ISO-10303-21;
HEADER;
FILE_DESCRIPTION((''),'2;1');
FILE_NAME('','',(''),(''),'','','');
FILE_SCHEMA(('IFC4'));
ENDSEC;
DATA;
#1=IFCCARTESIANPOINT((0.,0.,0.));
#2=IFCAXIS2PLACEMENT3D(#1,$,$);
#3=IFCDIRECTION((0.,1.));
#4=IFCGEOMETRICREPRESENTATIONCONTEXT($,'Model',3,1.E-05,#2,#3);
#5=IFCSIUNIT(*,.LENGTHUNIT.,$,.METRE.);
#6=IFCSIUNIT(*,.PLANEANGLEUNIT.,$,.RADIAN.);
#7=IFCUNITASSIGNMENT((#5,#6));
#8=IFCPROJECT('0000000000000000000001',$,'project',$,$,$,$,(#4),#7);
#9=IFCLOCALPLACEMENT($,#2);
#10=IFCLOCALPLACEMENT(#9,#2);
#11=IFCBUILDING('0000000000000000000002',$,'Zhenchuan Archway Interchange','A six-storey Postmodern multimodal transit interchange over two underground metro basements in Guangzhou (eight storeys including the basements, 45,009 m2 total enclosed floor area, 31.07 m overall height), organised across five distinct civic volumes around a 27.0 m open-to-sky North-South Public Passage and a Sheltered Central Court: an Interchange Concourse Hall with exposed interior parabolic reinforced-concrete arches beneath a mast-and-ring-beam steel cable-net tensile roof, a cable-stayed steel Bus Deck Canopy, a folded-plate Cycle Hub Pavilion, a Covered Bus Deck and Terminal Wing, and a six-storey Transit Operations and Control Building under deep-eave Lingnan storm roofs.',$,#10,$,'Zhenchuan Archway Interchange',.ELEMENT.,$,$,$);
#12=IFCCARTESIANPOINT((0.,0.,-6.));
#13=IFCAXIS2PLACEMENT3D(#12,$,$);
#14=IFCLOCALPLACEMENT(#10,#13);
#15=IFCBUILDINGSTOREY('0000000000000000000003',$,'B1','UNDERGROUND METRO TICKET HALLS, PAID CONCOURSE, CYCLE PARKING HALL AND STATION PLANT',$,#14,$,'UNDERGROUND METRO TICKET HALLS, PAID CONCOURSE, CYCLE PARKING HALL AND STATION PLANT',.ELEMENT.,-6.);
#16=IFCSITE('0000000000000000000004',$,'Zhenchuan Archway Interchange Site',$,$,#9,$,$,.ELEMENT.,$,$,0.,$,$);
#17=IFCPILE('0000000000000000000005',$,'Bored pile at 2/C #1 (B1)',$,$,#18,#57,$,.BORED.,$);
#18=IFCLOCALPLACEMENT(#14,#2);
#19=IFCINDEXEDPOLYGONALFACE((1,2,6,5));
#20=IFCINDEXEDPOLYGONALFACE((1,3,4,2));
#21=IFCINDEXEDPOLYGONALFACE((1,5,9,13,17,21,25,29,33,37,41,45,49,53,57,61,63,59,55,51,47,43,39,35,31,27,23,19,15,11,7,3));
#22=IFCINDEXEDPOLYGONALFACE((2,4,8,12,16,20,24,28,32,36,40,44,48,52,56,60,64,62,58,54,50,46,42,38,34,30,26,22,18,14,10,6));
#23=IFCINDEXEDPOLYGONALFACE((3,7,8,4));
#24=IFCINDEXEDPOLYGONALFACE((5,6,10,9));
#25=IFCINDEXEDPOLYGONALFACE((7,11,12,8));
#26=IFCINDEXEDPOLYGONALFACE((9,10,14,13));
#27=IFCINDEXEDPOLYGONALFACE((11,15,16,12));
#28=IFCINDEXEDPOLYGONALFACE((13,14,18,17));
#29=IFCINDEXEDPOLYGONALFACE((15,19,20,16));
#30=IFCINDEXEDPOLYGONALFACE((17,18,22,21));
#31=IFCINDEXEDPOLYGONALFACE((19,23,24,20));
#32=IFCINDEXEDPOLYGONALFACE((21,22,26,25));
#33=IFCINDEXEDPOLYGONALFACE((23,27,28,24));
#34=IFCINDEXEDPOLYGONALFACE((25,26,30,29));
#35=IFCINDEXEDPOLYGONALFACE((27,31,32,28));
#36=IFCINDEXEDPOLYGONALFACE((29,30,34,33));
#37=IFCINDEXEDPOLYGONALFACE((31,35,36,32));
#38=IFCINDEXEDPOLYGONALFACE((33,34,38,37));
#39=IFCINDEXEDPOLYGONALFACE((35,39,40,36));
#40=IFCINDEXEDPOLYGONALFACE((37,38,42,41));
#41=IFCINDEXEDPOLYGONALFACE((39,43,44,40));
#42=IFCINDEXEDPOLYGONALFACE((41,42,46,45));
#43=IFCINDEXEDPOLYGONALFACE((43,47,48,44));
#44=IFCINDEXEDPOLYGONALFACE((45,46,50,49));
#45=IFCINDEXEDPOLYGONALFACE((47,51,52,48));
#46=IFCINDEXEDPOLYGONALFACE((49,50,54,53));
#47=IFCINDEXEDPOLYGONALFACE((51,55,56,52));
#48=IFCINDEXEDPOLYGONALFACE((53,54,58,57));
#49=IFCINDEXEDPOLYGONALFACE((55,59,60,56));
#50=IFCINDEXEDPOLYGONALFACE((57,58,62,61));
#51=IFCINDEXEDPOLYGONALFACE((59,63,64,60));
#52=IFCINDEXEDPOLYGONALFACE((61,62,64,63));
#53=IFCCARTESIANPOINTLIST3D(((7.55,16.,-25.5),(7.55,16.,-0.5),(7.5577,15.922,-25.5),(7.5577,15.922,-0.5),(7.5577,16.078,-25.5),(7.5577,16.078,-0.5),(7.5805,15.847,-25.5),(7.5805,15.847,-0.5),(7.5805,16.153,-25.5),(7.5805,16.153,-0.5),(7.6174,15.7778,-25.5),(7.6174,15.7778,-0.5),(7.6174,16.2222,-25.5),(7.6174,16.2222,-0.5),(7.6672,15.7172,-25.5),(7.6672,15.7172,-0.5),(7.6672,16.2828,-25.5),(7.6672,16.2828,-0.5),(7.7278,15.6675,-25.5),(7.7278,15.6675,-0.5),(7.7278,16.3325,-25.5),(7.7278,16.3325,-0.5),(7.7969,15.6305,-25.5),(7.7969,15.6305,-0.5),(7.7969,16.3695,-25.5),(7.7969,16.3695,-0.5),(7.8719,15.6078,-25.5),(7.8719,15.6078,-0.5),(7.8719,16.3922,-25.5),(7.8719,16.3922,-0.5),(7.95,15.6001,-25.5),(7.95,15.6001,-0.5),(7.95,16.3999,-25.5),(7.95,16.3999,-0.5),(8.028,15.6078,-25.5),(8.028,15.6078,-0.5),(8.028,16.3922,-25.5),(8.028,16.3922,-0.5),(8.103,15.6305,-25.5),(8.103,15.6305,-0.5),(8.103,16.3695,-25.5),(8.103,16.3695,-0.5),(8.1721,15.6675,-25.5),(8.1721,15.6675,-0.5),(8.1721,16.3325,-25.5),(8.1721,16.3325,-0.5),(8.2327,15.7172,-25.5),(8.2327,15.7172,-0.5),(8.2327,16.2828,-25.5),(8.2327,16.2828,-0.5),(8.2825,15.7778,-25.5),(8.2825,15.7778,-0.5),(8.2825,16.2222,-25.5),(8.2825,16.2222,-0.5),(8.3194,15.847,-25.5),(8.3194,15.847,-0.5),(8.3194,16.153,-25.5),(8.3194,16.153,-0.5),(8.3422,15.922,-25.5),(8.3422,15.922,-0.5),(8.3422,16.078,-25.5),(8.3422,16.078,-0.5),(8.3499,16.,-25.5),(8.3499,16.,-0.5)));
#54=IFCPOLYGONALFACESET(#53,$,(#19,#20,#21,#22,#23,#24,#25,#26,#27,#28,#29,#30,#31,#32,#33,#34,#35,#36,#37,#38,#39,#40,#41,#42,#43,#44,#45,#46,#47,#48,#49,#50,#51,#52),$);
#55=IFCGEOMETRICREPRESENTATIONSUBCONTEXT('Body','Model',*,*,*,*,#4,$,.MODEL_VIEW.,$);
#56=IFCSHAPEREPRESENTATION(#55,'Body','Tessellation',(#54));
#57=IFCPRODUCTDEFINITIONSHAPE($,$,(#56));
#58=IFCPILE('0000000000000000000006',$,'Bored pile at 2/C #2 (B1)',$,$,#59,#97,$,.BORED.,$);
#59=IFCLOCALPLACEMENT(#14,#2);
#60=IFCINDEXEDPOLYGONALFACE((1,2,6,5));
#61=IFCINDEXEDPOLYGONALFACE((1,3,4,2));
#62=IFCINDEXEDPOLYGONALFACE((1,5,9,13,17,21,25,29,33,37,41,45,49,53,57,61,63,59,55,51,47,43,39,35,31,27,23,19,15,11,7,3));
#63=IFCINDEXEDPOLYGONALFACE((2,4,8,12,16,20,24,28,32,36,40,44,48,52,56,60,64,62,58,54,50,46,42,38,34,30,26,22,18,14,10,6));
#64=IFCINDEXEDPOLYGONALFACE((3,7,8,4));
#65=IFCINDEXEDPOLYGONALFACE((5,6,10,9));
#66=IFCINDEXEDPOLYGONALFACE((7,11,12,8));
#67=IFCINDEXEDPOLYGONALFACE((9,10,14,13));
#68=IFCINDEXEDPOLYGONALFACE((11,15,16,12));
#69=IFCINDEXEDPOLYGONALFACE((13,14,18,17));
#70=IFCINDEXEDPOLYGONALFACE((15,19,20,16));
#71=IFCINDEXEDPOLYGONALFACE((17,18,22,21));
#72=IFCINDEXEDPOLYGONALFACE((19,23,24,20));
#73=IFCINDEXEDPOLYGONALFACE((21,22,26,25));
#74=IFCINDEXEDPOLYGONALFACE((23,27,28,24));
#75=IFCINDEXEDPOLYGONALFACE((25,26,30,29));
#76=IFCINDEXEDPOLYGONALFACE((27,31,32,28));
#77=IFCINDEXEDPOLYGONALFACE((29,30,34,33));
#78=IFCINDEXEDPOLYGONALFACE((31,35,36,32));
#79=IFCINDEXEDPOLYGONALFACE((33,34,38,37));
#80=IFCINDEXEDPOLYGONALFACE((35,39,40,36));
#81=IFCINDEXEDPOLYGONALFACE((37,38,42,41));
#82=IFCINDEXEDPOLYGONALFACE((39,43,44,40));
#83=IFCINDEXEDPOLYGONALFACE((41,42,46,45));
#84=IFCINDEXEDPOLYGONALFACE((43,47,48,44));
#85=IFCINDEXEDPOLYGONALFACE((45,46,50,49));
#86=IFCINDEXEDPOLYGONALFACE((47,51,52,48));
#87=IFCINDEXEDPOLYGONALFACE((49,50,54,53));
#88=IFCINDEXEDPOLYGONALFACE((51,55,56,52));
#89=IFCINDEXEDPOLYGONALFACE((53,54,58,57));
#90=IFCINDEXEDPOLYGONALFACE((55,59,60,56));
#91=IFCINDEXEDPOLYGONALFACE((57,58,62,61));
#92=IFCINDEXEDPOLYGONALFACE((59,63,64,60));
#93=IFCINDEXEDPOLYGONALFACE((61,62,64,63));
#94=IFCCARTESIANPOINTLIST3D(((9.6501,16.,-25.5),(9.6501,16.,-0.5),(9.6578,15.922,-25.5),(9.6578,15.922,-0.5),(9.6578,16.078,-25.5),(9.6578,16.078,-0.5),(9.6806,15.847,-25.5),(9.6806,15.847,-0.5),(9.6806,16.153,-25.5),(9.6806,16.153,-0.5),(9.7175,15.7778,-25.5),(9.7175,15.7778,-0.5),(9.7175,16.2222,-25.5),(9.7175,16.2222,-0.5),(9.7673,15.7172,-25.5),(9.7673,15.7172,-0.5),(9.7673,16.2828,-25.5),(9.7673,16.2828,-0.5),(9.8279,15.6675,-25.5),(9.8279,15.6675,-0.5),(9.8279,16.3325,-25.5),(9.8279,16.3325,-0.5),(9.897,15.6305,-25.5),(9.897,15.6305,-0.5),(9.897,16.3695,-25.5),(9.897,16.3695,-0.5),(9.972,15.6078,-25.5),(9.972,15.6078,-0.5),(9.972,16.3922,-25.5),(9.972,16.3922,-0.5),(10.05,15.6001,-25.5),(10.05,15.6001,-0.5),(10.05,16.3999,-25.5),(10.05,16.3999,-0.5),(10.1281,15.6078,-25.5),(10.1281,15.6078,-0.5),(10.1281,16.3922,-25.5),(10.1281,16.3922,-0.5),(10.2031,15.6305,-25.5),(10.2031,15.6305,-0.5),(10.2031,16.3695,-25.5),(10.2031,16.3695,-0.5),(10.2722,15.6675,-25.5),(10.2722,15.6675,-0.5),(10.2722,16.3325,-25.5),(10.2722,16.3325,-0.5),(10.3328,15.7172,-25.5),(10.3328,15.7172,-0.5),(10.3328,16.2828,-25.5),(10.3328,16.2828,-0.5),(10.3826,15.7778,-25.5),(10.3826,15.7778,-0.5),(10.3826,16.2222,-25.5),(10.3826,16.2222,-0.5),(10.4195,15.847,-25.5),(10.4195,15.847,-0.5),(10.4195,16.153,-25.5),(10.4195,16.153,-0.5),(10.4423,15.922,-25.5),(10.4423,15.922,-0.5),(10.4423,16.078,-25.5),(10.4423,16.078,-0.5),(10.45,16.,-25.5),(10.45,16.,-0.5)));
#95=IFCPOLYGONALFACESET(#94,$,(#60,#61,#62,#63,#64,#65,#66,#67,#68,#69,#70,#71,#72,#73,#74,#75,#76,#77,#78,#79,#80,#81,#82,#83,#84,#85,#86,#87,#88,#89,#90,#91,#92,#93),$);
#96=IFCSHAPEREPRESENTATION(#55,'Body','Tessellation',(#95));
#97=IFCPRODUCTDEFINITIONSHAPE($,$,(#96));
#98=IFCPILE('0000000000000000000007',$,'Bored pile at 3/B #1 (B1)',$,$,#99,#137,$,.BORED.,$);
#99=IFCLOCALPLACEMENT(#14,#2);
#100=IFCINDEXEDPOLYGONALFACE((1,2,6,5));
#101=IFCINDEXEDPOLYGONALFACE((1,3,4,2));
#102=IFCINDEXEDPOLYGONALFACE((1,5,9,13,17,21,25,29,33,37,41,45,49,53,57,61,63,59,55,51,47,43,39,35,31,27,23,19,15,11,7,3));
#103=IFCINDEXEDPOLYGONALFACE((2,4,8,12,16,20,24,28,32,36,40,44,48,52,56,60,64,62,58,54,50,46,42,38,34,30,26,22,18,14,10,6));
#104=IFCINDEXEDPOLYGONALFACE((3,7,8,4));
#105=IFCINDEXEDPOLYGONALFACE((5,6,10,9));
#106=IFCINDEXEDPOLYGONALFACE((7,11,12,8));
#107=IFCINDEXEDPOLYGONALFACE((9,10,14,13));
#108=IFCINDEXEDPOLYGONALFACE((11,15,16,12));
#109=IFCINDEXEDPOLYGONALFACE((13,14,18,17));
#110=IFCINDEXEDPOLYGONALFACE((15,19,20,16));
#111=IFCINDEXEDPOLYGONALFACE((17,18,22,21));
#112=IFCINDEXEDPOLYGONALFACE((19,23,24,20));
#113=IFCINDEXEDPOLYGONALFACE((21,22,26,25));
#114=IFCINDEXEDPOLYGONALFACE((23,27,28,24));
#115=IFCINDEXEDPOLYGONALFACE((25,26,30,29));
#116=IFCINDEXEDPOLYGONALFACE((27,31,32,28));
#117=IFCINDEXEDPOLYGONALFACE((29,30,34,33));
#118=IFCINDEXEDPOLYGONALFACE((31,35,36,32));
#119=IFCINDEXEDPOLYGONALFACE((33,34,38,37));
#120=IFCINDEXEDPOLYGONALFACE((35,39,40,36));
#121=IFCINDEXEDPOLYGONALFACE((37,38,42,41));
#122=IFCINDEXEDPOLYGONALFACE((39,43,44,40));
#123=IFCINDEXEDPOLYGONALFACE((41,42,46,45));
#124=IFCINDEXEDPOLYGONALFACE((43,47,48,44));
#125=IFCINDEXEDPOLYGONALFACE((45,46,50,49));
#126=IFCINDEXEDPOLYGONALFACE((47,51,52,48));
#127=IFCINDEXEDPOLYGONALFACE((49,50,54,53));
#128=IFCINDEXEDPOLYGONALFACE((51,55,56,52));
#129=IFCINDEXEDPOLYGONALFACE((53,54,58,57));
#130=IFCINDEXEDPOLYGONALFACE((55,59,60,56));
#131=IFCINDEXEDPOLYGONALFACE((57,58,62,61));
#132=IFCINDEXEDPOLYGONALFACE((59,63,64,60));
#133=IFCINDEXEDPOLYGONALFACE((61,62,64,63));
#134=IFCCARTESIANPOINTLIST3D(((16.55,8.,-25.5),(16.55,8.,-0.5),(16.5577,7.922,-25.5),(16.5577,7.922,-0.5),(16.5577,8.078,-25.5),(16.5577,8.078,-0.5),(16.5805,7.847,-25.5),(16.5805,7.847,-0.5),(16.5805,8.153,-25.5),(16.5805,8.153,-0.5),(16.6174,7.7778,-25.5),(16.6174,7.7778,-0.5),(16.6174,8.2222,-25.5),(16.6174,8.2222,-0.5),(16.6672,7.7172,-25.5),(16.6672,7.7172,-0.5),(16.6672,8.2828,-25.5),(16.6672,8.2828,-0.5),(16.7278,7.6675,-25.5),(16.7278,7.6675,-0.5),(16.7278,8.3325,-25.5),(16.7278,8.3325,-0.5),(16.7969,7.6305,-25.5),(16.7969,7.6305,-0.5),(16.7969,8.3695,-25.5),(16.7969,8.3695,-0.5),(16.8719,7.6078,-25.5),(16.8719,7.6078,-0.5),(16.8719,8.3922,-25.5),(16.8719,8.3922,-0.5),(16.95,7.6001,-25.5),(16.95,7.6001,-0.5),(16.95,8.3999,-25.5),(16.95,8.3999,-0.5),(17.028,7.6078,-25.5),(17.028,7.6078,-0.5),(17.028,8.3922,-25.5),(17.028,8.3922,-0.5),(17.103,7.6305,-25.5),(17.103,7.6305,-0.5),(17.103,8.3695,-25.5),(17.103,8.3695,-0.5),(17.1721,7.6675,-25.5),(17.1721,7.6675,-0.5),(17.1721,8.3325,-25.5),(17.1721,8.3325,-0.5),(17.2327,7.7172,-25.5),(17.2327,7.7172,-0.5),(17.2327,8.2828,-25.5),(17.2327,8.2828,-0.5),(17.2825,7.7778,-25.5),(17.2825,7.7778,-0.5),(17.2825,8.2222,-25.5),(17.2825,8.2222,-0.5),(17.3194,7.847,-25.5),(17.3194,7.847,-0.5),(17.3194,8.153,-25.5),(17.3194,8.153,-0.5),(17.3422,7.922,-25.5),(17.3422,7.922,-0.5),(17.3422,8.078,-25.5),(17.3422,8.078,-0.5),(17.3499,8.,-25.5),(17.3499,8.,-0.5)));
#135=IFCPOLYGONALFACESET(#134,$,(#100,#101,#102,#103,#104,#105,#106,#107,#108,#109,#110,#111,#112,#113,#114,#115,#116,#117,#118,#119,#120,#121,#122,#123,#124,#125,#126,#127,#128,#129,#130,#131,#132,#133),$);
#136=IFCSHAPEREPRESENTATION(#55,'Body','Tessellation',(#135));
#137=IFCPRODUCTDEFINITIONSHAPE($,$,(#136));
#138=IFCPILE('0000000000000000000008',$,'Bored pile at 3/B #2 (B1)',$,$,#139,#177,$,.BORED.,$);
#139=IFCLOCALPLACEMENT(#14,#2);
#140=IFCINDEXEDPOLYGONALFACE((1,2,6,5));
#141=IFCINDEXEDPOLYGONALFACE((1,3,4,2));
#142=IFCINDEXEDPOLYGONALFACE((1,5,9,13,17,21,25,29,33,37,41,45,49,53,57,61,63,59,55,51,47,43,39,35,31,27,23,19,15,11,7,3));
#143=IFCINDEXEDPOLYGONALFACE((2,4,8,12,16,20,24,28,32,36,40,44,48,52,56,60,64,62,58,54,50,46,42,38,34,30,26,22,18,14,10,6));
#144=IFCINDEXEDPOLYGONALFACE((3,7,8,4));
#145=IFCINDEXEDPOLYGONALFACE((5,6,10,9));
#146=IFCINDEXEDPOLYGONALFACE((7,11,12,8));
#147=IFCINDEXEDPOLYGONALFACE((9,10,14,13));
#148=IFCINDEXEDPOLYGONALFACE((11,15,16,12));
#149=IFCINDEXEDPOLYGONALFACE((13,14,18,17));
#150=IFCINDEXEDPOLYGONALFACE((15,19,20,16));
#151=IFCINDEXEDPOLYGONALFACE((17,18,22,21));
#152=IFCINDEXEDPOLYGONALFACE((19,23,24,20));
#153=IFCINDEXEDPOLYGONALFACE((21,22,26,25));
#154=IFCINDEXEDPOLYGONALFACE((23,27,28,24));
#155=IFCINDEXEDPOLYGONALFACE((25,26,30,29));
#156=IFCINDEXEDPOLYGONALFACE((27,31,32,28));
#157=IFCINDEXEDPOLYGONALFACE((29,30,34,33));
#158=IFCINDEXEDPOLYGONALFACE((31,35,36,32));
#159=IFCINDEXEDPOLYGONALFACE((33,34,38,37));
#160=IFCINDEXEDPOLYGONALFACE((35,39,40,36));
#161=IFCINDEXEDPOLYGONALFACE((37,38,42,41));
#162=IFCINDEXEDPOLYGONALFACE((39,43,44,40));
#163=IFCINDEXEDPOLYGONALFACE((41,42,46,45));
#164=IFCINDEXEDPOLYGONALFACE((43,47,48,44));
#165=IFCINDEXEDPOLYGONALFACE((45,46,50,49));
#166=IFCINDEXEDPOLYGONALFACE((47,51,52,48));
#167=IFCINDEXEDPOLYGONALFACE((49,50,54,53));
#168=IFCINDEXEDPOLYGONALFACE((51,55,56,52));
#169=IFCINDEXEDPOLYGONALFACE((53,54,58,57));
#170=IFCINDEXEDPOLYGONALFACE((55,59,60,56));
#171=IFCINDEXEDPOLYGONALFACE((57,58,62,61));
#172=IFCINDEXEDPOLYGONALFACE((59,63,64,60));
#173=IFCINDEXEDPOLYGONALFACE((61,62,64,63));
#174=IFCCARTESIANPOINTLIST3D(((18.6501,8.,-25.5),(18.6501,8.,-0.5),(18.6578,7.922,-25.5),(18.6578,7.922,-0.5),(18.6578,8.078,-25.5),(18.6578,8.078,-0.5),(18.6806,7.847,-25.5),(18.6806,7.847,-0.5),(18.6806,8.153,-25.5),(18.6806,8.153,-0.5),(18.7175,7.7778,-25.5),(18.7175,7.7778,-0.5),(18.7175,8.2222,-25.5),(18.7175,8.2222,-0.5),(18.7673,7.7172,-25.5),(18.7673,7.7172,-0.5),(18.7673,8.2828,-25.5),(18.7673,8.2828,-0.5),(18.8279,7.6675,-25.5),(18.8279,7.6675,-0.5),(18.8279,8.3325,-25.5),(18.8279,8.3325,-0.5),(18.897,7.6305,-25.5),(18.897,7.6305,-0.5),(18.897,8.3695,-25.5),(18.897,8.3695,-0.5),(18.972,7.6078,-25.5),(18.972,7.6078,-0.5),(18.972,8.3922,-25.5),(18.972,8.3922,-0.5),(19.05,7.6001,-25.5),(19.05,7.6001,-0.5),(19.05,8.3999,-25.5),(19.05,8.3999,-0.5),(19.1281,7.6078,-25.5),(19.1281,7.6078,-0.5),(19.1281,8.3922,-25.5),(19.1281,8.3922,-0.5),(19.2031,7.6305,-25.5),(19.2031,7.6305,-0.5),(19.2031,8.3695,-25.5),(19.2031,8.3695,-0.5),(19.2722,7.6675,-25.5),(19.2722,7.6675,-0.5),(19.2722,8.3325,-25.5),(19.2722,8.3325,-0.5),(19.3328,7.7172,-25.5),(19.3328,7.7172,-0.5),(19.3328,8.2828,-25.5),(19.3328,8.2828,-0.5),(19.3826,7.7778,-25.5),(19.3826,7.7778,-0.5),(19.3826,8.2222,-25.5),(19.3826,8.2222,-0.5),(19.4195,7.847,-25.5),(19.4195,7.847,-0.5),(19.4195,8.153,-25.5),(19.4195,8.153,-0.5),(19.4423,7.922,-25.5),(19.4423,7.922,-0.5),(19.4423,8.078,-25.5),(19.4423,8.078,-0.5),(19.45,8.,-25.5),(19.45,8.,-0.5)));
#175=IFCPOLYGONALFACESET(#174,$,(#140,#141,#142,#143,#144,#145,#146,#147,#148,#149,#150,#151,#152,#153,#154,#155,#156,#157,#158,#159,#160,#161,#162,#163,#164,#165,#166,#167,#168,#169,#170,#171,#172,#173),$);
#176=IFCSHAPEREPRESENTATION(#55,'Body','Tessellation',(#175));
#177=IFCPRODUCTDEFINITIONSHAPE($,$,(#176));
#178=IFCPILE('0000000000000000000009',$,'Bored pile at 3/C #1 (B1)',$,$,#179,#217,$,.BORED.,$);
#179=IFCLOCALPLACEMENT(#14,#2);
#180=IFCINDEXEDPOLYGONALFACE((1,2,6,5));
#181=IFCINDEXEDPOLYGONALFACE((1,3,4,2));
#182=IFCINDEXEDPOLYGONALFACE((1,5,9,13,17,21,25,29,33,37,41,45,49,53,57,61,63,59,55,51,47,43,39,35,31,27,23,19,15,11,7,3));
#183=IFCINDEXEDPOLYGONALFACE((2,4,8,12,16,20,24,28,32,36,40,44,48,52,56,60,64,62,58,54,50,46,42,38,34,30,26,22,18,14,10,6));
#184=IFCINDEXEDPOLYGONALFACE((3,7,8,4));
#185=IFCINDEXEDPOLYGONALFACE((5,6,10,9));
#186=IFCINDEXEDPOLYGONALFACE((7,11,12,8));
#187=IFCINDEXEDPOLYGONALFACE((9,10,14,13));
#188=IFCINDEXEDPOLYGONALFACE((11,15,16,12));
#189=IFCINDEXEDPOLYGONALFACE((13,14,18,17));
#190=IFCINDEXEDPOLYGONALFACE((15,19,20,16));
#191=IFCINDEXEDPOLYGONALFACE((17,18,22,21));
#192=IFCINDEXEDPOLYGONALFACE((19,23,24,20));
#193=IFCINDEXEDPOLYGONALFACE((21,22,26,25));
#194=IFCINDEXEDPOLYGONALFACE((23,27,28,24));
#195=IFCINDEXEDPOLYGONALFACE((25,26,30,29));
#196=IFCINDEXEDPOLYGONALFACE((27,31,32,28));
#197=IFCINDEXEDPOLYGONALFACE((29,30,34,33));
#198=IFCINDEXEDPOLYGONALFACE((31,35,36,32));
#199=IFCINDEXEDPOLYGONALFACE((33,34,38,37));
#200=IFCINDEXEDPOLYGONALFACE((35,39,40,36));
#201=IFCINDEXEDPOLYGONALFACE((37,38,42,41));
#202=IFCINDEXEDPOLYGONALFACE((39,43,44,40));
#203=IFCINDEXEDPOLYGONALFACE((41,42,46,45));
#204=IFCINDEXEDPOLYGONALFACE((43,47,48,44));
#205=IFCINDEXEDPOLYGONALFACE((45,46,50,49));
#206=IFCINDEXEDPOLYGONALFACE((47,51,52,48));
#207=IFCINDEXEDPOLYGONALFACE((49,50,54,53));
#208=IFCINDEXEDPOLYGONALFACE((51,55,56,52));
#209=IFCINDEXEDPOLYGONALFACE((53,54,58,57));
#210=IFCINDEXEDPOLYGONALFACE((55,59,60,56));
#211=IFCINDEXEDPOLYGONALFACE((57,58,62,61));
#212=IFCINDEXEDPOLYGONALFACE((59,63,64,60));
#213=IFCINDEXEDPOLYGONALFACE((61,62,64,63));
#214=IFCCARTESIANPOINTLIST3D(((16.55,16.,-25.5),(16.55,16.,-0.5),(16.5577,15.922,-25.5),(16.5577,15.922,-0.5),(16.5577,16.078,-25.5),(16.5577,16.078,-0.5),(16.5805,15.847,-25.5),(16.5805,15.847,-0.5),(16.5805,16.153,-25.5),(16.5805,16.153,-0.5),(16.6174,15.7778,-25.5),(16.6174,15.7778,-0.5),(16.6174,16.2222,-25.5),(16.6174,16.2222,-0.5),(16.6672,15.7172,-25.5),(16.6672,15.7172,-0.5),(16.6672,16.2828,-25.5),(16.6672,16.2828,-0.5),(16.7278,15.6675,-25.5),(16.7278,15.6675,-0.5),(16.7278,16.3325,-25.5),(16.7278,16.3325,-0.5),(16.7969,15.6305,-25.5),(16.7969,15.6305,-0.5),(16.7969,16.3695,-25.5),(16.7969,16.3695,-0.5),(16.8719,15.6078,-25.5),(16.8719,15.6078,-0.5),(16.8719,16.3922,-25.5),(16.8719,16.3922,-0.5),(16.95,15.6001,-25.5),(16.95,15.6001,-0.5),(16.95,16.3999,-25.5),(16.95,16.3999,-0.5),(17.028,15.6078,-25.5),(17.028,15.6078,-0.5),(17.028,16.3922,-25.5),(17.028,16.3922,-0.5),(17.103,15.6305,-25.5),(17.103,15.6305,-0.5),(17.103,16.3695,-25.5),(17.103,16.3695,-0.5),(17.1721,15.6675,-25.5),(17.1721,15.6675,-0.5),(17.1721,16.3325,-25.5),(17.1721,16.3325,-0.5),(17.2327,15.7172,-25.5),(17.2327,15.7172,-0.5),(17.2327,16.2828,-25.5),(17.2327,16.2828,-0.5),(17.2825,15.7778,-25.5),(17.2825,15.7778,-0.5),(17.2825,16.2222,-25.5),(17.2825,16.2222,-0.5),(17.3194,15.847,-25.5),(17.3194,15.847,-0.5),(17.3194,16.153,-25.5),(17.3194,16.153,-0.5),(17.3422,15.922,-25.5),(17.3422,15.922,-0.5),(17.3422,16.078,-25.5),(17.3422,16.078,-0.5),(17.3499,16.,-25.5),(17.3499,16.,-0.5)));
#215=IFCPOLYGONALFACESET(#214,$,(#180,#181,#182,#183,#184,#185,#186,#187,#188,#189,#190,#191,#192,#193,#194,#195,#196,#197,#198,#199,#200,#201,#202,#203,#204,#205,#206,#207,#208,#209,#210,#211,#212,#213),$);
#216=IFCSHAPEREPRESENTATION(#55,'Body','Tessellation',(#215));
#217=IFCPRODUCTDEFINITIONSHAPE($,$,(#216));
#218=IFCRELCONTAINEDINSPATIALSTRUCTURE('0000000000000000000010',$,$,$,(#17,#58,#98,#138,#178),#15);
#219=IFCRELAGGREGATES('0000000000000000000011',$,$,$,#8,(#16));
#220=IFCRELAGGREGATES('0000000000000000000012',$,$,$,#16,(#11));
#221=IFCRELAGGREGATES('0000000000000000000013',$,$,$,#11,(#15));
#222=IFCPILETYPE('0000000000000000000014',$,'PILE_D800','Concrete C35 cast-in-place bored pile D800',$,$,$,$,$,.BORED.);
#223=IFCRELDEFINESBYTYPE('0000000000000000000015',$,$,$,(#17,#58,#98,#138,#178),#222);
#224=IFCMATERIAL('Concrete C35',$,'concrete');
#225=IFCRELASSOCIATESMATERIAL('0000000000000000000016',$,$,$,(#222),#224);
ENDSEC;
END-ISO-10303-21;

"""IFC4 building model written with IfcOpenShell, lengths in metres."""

from ifc_helpers import new_model, si_unit, direction, frame, origin, origin_2d, place, context, subcontext, project, spatial, circle, extrude, material, material_profile, profile_set, type_object, element, save


model = new_model("IFC4")

# Units and contexts
model_context = context("Model", 3, precision=1e-05, world=origin(), true_north=direction((0.0, 1.0)))
body_context = subcontext(model_context, "Body", "Model", "MODEL_VIEW")
ifc_project = project(units=[si_unit("LENGTHUNIT", "METRE"), si_unit("PLANEANGLEUNIT", "RADIAN")], contexts=[model_context])

# Site, building, storey
site_placement = place(None, origin())
site = spatial("IfcSite", under=ifc_project, at=site_placement, Name="Zhenchuan Archway Interchange Site", CompositionType="ELEMENT", RefElevation=0.0)
building_placement = place(site_placement, origin())
building = spatial("IfcBuilding", under=site, at=building_placement, Name="Zhenchuan Archway Interchange", Description="A six-storey Postmodern multimodal transit interchange over two underground metro basements in Guangzhou (eight storeys including the basements, 45,009 m2 total enclosed floor area, 31.07 m overall height), organised across five distinct civic volumes around a 27.0 m open-to-sky North-South Public Passage and a Sheltered Central Court: an Interchange Concourse Hall with exposed interior parabolic reinforced-concrete arches beneath a mast-and-ring-beam steel cable-net tensile roof, a cable-stayed steel Bus Deck Canopy, a folded-plate Cycle Hub Pavilion, a Covered Bus Deck and Terminal Wing, and a six-storey Transit Operations and Control Building under deep-eave Lingnan storm roofs.", LongName="Zhenchuan Archway Interchange", CompositionType="ELEMENT")
storey_placement = place(building_placement, frame((0.0, 0.0, -6.0)))
storey = spatial("IfcBuildingStorey", under=building, at=storey_placement, Name="B1", Description="UNDERGROUND METRO TICKET HALLS, PAID CONCOURSE, CYCLE PARKING HALL AND STATION PLANT", LongName="UNDERGROUND METRO TICKET HALLS, PAID CONCOURSE, CYCLE PARKING HALL AND STATION PLANT", CompositionType="ELEMENT", Elevation=-6.0)

# Piles
ifc_material_1 = material(Name="Concrete C35", Category="concrete")
ifc_material_profile_1 = material_profile(ifc_material_1, circle(Radius=0.3999, at=origin_2d()), Name="BORED PILE 800")
ifc_profile_set_1 = profile_set([ifc_material_profile_1], Name="Concrete C35")
pile_type = type_object("IfcPileType", Name="PILE_D800", Description="Concrete C35 cast-in-place bored pile D800", PredefinedType="BORED", material=ifc_profile_set_1)
for number, where, z_axis, x_axis, name in (
    (1, (7.95, 16.0, -0.5), (0.0, 0.0, -1.0), (1.0, 0.0, 0.0), "Bored pile at 2/C #1 (B1)"),
    (2, (10.05, 16.0, -0.5), (0.0, 0.0, -1.0), (1.0, 0.0, 0.0), "Bored pile at 2/C #2 (B1)"),
    (3, (16.95, 8.0, -0.5), (0.0, 0.0, -1.0), (1.0, 0.0, 0.0), "Bored pile at 3/B #1 (B1)"),
    (4, (19.05, 8.0, -0.5), (0.0, 0.0, -1.0), (1.0, 0.0, 0.0), "Bored pile at 3/B #2 (B1)"),
    (5, (16.95, 16.0, -0.5), (0.0, 0.0, -1.0), (1.0, 0.0, 0.0), "Bored pile at 3/C #1 (B1)"),
):
    element("IfcPile", number, at=place(storey_placement, frame(where, z_axis=z_axis, x_axis=x_axis)), inside=storey, type_object=pile_type, Name=name, PredefinedType="BORED", context=body_context, shape_type="SweptSolid", body=[
        extrude(circle(Radius=0.3999, at=origin_2d()), origin(), (0.0, 0.0, 1.0), 25.0),
    ])

save(model, "model.ifc")
